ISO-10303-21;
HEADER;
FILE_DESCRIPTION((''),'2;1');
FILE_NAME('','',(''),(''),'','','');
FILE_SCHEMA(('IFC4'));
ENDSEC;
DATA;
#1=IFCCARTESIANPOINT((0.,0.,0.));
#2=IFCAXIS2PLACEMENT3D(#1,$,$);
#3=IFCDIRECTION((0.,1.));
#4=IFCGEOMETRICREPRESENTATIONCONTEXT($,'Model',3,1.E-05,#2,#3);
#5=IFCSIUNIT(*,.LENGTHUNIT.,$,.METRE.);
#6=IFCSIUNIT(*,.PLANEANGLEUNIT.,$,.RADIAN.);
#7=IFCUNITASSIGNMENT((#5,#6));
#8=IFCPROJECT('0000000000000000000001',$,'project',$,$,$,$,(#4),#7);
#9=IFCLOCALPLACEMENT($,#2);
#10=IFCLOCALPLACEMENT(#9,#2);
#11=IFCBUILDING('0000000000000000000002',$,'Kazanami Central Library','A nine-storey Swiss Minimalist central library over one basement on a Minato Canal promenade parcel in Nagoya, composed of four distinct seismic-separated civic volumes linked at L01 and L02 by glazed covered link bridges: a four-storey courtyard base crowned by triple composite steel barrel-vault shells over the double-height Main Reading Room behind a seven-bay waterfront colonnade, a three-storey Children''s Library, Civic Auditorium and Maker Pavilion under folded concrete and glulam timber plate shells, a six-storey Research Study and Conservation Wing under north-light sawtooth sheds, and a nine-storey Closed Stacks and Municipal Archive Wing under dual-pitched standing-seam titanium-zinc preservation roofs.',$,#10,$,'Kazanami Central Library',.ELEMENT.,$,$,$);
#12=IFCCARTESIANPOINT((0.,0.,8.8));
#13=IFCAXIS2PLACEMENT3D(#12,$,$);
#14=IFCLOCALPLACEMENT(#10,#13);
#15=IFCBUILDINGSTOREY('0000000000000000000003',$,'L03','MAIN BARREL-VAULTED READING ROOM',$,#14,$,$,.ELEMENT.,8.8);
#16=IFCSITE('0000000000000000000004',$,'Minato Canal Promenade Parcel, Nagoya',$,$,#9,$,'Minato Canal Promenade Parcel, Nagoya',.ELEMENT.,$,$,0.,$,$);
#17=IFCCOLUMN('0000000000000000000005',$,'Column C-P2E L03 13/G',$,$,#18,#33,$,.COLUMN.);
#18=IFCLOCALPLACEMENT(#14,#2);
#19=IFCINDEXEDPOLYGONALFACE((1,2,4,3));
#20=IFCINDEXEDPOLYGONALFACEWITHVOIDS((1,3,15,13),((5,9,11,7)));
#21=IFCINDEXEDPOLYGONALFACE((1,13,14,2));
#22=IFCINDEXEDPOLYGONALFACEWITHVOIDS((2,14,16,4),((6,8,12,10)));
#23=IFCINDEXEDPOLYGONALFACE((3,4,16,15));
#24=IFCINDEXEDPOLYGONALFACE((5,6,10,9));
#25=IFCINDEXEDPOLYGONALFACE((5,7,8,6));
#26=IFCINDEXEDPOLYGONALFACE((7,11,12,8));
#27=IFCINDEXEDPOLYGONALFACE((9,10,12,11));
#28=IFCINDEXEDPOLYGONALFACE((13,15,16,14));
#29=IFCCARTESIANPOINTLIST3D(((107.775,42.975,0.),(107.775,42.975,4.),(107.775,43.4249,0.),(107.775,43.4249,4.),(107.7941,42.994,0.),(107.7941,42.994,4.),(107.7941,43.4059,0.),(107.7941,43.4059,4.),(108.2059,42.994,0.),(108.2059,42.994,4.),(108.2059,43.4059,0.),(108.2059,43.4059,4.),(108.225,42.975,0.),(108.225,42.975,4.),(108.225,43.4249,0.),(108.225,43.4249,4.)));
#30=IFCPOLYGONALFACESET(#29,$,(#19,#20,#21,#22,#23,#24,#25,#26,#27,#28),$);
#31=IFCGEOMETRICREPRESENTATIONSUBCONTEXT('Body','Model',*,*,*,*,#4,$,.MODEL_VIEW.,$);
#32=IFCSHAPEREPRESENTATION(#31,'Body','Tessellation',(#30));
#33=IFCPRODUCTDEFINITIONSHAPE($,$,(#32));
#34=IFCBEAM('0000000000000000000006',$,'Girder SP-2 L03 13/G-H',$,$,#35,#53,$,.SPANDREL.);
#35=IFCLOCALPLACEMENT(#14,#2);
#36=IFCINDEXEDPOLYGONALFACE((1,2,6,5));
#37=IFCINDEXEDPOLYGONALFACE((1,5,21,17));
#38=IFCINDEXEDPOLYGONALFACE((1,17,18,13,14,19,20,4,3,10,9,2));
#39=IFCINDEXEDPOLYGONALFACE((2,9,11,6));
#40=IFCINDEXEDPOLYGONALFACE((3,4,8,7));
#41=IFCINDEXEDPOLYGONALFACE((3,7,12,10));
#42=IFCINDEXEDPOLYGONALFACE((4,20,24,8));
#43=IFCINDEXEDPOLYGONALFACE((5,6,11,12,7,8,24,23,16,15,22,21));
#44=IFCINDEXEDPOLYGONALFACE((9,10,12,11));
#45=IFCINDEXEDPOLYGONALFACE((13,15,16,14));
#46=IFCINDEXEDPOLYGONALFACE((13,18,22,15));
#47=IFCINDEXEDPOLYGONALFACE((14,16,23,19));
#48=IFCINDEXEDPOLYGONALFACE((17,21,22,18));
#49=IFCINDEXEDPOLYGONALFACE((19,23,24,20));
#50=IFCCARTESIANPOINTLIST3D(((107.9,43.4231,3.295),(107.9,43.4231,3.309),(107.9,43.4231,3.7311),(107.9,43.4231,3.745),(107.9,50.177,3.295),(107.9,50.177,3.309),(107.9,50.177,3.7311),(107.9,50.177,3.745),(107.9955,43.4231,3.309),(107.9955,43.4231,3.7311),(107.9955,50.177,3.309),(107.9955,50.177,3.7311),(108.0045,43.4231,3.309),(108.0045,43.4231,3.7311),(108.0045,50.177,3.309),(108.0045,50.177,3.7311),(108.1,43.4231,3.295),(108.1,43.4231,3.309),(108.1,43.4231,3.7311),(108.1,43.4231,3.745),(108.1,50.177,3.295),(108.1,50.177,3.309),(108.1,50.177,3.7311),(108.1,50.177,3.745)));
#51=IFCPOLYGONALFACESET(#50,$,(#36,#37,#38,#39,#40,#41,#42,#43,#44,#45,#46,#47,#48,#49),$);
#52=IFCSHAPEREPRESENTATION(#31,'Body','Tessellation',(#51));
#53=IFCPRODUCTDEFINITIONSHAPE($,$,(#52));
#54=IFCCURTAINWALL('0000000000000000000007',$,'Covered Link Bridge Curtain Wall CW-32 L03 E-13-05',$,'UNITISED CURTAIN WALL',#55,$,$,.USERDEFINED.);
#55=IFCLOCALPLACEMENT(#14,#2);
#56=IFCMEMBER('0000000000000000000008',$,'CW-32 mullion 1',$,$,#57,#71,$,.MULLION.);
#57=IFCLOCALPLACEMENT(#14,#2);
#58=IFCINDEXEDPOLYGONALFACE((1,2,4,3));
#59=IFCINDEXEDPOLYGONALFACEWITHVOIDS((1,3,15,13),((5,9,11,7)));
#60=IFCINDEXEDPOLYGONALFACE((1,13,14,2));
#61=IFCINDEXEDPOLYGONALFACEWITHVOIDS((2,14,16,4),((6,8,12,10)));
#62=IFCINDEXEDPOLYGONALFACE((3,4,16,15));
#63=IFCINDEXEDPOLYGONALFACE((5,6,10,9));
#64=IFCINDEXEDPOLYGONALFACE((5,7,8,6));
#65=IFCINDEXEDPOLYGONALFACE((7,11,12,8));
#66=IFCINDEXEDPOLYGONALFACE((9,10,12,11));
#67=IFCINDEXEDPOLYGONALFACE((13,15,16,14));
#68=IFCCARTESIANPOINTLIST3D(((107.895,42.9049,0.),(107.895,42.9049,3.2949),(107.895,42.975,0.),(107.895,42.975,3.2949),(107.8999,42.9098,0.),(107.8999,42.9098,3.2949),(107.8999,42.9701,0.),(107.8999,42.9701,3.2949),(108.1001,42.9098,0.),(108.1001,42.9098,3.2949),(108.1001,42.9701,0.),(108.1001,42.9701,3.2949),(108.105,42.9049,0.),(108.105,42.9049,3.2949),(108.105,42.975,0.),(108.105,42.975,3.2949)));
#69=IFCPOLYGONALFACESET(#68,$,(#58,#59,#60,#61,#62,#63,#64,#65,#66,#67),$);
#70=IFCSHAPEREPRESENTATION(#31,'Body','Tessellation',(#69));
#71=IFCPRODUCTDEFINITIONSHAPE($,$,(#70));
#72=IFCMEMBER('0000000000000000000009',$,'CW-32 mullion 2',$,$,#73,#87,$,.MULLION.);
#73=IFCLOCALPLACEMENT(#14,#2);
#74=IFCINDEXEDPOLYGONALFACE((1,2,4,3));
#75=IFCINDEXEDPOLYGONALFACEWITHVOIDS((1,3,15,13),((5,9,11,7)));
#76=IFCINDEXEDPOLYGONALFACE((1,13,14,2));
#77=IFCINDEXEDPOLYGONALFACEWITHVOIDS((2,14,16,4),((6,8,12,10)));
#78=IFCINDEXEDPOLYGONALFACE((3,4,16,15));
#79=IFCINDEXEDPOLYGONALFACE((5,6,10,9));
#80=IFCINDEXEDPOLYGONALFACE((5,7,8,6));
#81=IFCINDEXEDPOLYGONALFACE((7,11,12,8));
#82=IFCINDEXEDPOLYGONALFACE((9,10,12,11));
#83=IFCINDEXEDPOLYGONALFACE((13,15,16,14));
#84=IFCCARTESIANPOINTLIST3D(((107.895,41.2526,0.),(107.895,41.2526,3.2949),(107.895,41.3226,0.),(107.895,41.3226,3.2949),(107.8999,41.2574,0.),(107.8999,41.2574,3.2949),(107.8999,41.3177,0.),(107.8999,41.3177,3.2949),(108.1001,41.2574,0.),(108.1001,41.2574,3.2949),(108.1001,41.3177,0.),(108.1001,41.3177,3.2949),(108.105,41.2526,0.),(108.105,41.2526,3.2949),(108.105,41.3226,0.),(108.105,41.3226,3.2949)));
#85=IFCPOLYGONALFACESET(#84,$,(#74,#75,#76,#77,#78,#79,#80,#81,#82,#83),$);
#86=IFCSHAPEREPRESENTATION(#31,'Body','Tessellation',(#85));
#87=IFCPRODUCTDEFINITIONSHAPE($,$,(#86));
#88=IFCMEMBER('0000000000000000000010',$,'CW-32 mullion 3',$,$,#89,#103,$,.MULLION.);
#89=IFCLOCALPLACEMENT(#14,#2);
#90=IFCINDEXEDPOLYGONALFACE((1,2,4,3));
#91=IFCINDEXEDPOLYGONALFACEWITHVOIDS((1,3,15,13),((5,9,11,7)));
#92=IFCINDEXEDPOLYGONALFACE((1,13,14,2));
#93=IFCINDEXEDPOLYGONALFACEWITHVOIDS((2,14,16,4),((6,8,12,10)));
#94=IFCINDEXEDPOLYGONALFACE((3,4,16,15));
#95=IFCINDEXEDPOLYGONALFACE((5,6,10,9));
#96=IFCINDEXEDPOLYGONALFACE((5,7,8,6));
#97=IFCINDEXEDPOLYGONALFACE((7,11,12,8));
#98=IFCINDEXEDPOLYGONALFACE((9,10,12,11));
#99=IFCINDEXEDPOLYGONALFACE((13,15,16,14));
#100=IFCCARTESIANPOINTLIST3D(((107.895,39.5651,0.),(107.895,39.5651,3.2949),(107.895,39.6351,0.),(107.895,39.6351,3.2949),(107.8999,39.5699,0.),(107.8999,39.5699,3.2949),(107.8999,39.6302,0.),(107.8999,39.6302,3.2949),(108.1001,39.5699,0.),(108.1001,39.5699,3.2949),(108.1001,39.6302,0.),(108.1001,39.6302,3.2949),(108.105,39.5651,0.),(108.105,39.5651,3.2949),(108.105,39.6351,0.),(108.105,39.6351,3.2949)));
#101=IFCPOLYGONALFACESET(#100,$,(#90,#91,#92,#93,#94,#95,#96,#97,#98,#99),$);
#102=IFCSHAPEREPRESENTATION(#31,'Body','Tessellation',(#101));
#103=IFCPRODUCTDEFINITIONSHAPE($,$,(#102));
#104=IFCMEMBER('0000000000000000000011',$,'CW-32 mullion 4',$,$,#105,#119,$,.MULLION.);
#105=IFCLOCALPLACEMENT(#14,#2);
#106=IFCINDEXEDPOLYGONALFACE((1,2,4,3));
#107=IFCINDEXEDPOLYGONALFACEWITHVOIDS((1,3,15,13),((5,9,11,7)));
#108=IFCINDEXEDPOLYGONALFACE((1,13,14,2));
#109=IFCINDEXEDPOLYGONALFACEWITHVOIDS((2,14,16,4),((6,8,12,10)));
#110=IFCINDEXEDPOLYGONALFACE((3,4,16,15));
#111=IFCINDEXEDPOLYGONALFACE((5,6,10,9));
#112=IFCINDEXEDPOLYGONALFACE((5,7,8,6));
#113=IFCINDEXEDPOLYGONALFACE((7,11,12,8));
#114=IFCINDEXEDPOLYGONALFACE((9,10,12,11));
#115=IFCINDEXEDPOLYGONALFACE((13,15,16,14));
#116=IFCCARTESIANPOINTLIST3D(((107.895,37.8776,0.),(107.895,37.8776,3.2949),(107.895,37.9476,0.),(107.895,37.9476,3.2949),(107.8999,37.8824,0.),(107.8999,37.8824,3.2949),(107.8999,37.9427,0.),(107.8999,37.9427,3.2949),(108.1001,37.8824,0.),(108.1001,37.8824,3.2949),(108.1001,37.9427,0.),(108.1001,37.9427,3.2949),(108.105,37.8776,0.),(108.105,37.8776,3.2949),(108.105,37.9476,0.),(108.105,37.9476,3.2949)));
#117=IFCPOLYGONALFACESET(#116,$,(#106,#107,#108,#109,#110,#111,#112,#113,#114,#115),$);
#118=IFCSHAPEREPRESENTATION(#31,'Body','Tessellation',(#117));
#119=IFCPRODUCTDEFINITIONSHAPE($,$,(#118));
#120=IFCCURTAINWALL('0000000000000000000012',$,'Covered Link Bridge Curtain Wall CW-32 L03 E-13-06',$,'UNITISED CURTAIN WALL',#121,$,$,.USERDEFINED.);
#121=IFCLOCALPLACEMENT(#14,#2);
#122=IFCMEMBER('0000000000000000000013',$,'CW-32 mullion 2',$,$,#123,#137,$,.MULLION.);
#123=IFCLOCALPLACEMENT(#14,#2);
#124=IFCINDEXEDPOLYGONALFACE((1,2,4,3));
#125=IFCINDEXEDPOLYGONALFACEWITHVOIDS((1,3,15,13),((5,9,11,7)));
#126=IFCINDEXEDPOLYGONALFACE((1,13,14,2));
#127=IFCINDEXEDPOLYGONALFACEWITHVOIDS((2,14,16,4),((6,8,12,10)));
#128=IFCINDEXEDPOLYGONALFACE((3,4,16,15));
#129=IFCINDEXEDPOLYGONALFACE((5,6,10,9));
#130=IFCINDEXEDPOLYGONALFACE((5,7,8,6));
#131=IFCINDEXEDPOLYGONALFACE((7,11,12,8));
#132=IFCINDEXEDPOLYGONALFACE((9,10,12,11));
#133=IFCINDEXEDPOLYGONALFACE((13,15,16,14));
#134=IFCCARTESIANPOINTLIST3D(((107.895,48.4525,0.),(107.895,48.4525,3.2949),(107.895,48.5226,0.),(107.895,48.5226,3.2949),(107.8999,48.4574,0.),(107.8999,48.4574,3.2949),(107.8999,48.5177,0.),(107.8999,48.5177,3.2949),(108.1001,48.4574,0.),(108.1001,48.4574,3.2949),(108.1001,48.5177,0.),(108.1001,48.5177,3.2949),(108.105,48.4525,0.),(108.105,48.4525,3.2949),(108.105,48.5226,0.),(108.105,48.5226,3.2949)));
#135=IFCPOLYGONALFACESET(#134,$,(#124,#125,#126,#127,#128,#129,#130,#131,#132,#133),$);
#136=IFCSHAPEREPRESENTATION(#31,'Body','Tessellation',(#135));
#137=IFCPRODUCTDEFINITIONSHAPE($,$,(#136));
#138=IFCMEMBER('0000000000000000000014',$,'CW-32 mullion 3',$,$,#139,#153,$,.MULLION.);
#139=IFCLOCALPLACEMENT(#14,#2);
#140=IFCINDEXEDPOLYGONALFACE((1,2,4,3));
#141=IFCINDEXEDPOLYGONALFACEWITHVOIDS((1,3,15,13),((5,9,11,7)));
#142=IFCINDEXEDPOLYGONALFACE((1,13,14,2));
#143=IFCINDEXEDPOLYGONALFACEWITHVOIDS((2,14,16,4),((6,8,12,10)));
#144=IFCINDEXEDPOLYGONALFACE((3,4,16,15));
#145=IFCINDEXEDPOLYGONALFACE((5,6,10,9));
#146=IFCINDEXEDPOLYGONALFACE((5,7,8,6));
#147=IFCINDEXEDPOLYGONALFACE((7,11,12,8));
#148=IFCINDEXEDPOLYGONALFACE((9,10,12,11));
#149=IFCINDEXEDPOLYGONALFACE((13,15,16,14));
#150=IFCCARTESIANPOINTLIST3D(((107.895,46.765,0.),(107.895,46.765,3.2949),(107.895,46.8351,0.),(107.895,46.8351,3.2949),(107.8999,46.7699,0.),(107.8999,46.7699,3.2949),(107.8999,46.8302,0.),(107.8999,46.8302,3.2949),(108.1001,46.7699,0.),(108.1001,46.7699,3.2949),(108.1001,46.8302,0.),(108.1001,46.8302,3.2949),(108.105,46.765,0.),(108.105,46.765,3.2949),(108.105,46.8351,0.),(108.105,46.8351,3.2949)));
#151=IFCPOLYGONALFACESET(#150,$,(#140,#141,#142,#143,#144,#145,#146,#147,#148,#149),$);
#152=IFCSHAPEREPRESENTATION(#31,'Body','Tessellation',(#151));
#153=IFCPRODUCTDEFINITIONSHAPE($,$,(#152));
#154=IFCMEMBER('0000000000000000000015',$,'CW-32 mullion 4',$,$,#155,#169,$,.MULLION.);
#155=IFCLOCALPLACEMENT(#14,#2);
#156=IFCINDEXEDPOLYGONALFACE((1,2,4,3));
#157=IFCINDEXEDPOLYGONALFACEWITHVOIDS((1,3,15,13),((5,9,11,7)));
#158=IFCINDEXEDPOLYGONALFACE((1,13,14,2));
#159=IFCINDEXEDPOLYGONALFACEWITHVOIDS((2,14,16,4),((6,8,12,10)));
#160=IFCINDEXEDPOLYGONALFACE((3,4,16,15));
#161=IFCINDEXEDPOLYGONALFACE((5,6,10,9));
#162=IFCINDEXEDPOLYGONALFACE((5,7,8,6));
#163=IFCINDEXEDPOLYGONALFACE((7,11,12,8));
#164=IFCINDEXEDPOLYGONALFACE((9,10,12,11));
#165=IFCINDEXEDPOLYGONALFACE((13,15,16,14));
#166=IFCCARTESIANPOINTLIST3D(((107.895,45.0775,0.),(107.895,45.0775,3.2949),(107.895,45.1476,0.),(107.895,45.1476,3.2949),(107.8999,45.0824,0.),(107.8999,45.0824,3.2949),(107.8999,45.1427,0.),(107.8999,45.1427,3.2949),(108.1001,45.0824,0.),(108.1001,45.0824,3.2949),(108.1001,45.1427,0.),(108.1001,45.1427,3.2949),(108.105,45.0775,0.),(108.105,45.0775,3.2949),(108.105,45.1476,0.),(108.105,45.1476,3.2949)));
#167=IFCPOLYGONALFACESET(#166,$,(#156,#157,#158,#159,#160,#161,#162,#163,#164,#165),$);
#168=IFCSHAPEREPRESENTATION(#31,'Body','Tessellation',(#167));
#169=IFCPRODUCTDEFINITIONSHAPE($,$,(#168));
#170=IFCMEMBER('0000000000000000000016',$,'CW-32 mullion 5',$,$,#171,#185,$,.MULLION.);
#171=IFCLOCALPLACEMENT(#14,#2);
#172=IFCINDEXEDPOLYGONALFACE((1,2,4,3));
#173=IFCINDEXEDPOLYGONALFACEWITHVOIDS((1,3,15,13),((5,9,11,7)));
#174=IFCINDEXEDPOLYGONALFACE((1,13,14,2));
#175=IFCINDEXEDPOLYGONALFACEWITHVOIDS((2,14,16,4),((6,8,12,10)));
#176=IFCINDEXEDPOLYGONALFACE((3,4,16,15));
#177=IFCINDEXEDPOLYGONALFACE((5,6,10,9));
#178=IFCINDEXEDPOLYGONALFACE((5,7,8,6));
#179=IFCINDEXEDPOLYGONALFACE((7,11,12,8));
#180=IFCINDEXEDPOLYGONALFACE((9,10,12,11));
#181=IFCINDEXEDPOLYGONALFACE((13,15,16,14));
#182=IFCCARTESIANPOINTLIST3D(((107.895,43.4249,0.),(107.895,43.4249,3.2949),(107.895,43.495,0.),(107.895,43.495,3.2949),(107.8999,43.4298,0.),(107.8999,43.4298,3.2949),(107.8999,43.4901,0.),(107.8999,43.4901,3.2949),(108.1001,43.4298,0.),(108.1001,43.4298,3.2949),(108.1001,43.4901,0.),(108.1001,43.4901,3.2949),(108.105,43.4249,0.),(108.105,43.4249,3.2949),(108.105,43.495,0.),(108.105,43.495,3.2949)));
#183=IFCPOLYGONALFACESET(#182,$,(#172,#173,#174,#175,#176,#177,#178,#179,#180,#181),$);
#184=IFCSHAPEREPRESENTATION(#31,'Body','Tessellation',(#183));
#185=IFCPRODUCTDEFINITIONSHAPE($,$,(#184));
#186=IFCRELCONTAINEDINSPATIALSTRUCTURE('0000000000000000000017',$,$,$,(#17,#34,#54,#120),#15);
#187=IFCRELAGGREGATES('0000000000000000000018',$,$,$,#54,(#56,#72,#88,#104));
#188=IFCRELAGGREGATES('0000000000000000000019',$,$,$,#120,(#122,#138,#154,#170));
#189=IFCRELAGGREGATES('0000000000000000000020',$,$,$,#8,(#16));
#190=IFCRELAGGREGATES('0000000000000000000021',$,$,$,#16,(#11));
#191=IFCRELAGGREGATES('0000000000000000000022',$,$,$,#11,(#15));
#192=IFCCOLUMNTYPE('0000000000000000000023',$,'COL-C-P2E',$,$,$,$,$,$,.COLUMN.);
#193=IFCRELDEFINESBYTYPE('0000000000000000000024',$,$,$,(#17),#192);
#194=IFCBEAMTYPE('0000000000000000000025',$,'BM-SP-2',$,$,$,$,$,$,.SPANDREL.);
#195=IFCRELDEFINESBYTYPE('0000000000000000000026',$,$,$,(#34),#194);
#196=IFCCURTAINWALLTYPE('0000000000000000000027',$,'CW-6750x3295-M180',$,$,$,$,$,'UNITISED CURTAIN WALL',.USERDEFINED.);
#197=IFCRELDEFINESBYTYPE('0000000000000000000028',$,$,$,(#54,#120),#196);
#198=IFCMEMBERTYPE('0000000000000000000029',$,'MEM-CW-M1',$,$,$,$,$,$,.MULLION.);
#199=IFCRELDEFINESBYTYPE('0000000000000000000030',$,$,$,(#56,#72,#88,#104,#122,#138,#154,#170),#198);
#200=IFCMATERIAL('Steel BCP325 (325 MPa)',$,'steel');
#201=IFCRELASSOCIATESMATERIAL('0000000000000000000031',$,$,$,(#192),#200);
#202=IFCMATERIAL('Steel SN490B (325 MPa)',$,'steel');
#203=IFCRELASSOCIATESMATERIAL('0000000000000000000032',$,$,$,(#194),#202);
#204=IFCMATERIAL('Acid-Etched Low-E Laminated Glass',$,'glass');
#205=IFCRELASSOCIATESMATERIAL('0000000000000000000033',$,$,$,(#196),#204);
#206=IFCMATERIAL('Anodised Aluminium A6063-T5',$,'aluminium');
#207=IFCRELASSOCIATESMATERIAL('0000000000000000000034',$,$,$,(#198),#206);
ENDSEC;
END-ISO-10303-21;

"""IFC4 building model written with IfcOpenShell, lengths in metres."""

from ifc_helpers import new_model, si_unit, direction, frame, origin, origin_2d, place, context, subcontext, project, spatial, hollow_rectangle, i_section, extrude, material, material_profile, profile_set, type_object, element, aggregate, save


model = new_model("IFC4")

# Units and contexts
model_context = context("Model", 3, precision=1e-05, world=origin(), true_north=direction((0.0, 1.0)))
body_context = subcontext(model_context, "Body", "Model", "MODEL_VIEW")
ifc_project = project(units=[si_unit("LENGTHUNIT", "METRE"), si_unit("PLANEANGLEUNIT", "RADIAN")], contexts=[model_context])

# Site, building, storey
site_placement = place(None, origin())
site = spatial("IfcSite", under=ifc_project, at=site_placement, Name="Minato Canal Promenade Parcel, Nagoya", LongName="Minato Canal Promenade Parcel, Nagoya", CompositionType="ELEMENT", RefElevation=0.0)
building_placement = place(site_placement, origin())
building = spatial("IfcBuilding", under=site, at=building_placement, Name="Kazanami Central Library", Description="A nine-storey Swiss Minimalist central library over one basement on a Minato Canal promenade parcel in Nagoya, composed of four distinct seismic-separated civic volumes linked at L01 and L02 by glazed covered link bridges: a four-storey courtyard base crowned by triple composite steel barrel-vault shells over the double-height Main Reading Room behind a seven-bay waterfront colonnade, a three-storey Children's Library, Civic Auditorium and Maker Pavilion under folded concrete and glulam timber plate shells, a six-storey Research Study and Conservation Wing under north-light sawtooth sheds, and a nine-storey Closed Stacks and Municipal Archive Wing under dual-pitched standing-seam titanium-zinc preservation roofs.", LongName="Kazanami Central Library", CompositionType="ELEMENT")
storey_placement = place(building_placement, frame((0.0, 0.0, 8.8)))
storey = spatial("IfcBuildingStorey", under=building, at=storey_placement, Name="L03", Description="MAIN BARREL-VAULTED READING ROOM", CompositionType="ELEMENT", Elevation=8.8)

# Column
ifc_material_1 = material(Name="Steel BCP325 (325 MPa)", Category="steel")
ifc_material_profile_1 = material_profile(ifc_material_1, hollow_rectangle(XDim=0.45, YDim=0.45, WallThickness=0.019, at=origin_2d()), Name="BCP-450x450x19")
ifc_profile_set_1 = profile_set([ifc_material_profile_1], Name="Steel BCP325 (325 MPa)")
column_type = type_object("IfcColumnType", Name="COL-C-P2E", PredefinedType="COLUMN", material=ifc_profile_set_1)
column_placement = place(storey_placement, frame((108.0, 43.2, 0.0), z_axis=(0.0, 0.0, 1.0), x_axis=(1.0, 0.0, 0.0)))
element("IfcColumn", 1, at=column_placement, inside=storey, type_object=column_type, Name="Column C-P2E L03 13/G", PredefinedType="COLUMN", context=body_context, shape_type="SweptSolid", body=[
    extrude(hollow_rectangle(XDim=0.45, YDim=0.45, WallThickness=0.019, at=origin_2d()), origin(), (0.0, 0.0, 1.0), 4.0),
])

# Beam
ifc_material_2 = material(Name="Steel SN490B (325 MPa)", Category="steel")
ifc_material_profile_2 = material_profile(ifc_material_2, i_section(OverallWidth=0.2, OverallDepth=0.45, WebThickness=0.009, FlangeThickness=0.0139, at=origin_2d()), Name="H-450x200x9x14")
ifc_profile_set_2 = profile_set([ifc_material_profile_2], Name="Steel SN490B (325 MPa)")
beam_type = type_object("IfcBeamType", Name="BM-SP-2", PredefinedType="SPANDREL", material=ifc_profile_set_2)
beam_placement = place(storey_placement, frame((108.0, 43.4231, 3.52), z_axis=(0.0, 1.0, 0.0), x_axis=(-1.0, 0.0, 0.0)))
element("IfcBeam", 2, at=beam_placement, inside=storey, type_object=beam_type, Name="Girder SP-2 L03 13/G-H", PredefinedType="SPANDREL", context=body_context, shape_type="SweptSolid", body=[
    extrude(i_section(OverallWidth=0.2, OverallDepth=0.45, WebThickness=0.009, FlangeThickness=0.0139, at=origin_2d()), origin(), (0.0, 0.0, 1.0), 6.7539),
])

# Curtain walls, members
ifc_material_3 = material(Name="Acid-Etched Low-E Laminated Glass", Category="glass")
curtain_wall_type = type_object("IfcCurtainWallType", Name="CW-6750x3295-M180", ElementType="UNITISED CURTAIN WALL", PredefinedType="USERDEFINED", material=ifc_material_3)
curtain_wall_1_placement = place(storey_placement, origin())
curtain_wall_1 = element("IfcCurtainWall", 3, at=curtain_wall_1_placement, inside=storey, type_object=curtain_wall_type, Name="Covered Link Bridge Curtain Wall CW-32 L03 E-13-05", ObjectType="UNITISED CURTAIN WALL", PredefinedType="USERDEFINED")
ifc_material_4 = material(Name="Anodised Aluminium A6063-T5", Category="aluminium")
ifc_material_profile_3 = material_profile(ifc_material_4, hollow_rectangle(XDim=0.0701, YDim=0.21, WallThickness=0.0049, at=origin_2d()), Name="ALU-MULL-70x210x5")
ifc_profile_set_3 = profile_set([ifc_material_profile_3], Name="Anodised Aluminium A6063-T5")
member_type_1 = type_object("IfcMemberType", Name="MEM-CW-M1", PredefinedType="MULLION", material=ifc_profile_set_3)
member_1_placement = place(storey_placement, frame((108.0, 42.9399, 0.0), z_axis=(0.0, 0.0, 1.0), x_axis=(0.0, -1.0, 0.0)))
member_1 = element("IfcMember", 4, at=member_1_placement, type_object=member_type_1, Name="CW-32 mullion 1", PredefinedType="MULLION", context=body_context, shape_type="SweptSolid", body=[
    extrude(hollow_rectangle(XDim=0.0701, YDim=0.21, WallThickness=0.0049, at=origin_2d()), origin(), (0.0, 0.0, 1.0), 3.2949),
])
member_2_placement = place(storey_placement, frame((108.0, 41.2876, 0.0), z_axis=(0.0, 0.0, 1.0), x_axis=(0.0, -1.0, 0.0)))
member_2 = element("IfcMember", 5, at=member_2_placement, type_object=member_type_1, Name="CW-32 mullion 2", PredefinedType="MULLION", context=body_context, shape_type="SweptSolid", body=[
    extrude(hollow_rectangle(XDim=0.0701, YDim=0.21, WallThickness=0.0049, at=origin_2d()), origin(), (0.0, 0.0, 1.0), 3.2949),
])
member_3_placement = place(storey_placement, frame((108.0, 39.6001, 0.0), z_axis=(0.0, 0.0, 1.0), x_axis=(0.0, -1.0, 0.0)))
member_3 = element("IfcMember", 6, at=member_3_placement, type_object=member_type_1, Name="CW-32 mullion 3", PredefinedType="MULLION", context=body_context, shape_type="SweptSolid", body=[
    extrude(hollow_rectangle(XDim=0.0701, YDim=0.21, WallThickness=0.0049, at=origin_2d()), origin(), (0.0, 0.0, 1.0), 3.2949),
])
member_4_placement = place(storey_placement, frame((108.0, 37.9126, 0.0), z_axis=(0.0, 0.0, 1.0), x_axis=(0.0, -1.0, 0.0)))
member_4 = element("IfcMember", 7, at=member_4_placement, type_object=member_type_1, Name="CW-32 mullion 4", PredefinedType="MULLION", context=body_context, shape_type="SweptSolid", body=[
    extrude(hollow_rectangle(XDim=0.0701, YDim=0.21, WallThickness=0.0049, at=origin_2d()), origin(), (0.0, 0.0, 1.0), 3.2949),
])
curtain_wall_2_placement = place(storey_placement, origin())
curtain_wall_2 = element("IfcCurtainWall", 8, at=curtain_wall_2_placement, inside=storey, type_object=curtain_wall_type, Name="Covered Link Bridge Curtain Wall CW-32 L03 E-13-06", ObjectType="UNITISED CURTAIN WALL", PredefinedType="USERDEFINED")
member_5_placement = place(storey_placement, frame((108.0, 48.4875, 0.0), z_axis=(0.0, 0.0, 1.0), x_axis=(0.0, -1.0, 0.0)))
member_5 = element("IfcMember", 9, at=member_5_placement, type_object=member_type_1, Name="CW-32 mullion 2", PredefinedType="MULLION", context=body_context, shape_type="SweptSolid", body=[
    extrude(hollow_rectangle(XDim=0.0701, YDim=0.21, WallThickness=0.0049, at=origin_2d()), origin(), (0.0, 0.0, 1.0), 3.2949),
])
member_6_placement = place(storey_placement, frame((108.0, 46.8, 0.0), z_axis=(0.0, 0.0, 1.0), x_axis=(0.0, -1.0, 0.0)))
member_6 = element("IfcMember", 10, at=member_6_placement, type_object=member_type_1, Name="CW-32 mullion 3", PredefinedType="MULLION", context=body_context, shape_type="SweptSolid", body=[
    extrude(hollow_rectangle(XDim=0.0701, YDim=0.21, WallThickness=0.0049, at=origin_2d()), origin(), (0.0, 0.0, 1.0), 3.2949),
])
member_7_placement = place(storey_placement, frame((108.0, 45.1125, 0.0), z_axis=(0.0, 0.0, 1.0), x_axis=(0.0, -1.0, 0.0)))
member_7 = element("IfcMember", 11, at=member_7_placement, type_object=member_type_1, Name="CW-32 mullion 4", PredefinedType="MULLION", context=body_context, shape_type="SweptSolid", body=[
    extrude(hollow_rectangle(XDim=0.0701, YDim=0.21, WallThickness=0.0049, at=origin_2d()), origin(), (0.0, 0.0, 1.0), 3.2949),
])
member_8_placement = place(storey_placement, frame((108.0, 43.46, 0.0), z_axis=(0.0, 0.0, 1.0), x_axis=(0.0, -1.0, 0.0)))
member_8 = element("IfcMember", 12, at=member_8_placement, type_object=member_type_1, Name="CW-32 mullion 5", PredefinedType="MULLION", context=body_context, shape_type="SweptSolid", body=[
    extrude(hollow_rectangle(XDim=0.0701, YDim=0.21, WallThickness=0.0049, at=origin_2d()), origin(), (0.0, 0.0, 1.0), 3.2949),
])

aggregate(curtain_wall_1, [member_1, member_2, member_3, member_4])
aggregate(curtain_wall_2, [member_5, member_6, member_7, member_8])

save(model, "model.ifc")
